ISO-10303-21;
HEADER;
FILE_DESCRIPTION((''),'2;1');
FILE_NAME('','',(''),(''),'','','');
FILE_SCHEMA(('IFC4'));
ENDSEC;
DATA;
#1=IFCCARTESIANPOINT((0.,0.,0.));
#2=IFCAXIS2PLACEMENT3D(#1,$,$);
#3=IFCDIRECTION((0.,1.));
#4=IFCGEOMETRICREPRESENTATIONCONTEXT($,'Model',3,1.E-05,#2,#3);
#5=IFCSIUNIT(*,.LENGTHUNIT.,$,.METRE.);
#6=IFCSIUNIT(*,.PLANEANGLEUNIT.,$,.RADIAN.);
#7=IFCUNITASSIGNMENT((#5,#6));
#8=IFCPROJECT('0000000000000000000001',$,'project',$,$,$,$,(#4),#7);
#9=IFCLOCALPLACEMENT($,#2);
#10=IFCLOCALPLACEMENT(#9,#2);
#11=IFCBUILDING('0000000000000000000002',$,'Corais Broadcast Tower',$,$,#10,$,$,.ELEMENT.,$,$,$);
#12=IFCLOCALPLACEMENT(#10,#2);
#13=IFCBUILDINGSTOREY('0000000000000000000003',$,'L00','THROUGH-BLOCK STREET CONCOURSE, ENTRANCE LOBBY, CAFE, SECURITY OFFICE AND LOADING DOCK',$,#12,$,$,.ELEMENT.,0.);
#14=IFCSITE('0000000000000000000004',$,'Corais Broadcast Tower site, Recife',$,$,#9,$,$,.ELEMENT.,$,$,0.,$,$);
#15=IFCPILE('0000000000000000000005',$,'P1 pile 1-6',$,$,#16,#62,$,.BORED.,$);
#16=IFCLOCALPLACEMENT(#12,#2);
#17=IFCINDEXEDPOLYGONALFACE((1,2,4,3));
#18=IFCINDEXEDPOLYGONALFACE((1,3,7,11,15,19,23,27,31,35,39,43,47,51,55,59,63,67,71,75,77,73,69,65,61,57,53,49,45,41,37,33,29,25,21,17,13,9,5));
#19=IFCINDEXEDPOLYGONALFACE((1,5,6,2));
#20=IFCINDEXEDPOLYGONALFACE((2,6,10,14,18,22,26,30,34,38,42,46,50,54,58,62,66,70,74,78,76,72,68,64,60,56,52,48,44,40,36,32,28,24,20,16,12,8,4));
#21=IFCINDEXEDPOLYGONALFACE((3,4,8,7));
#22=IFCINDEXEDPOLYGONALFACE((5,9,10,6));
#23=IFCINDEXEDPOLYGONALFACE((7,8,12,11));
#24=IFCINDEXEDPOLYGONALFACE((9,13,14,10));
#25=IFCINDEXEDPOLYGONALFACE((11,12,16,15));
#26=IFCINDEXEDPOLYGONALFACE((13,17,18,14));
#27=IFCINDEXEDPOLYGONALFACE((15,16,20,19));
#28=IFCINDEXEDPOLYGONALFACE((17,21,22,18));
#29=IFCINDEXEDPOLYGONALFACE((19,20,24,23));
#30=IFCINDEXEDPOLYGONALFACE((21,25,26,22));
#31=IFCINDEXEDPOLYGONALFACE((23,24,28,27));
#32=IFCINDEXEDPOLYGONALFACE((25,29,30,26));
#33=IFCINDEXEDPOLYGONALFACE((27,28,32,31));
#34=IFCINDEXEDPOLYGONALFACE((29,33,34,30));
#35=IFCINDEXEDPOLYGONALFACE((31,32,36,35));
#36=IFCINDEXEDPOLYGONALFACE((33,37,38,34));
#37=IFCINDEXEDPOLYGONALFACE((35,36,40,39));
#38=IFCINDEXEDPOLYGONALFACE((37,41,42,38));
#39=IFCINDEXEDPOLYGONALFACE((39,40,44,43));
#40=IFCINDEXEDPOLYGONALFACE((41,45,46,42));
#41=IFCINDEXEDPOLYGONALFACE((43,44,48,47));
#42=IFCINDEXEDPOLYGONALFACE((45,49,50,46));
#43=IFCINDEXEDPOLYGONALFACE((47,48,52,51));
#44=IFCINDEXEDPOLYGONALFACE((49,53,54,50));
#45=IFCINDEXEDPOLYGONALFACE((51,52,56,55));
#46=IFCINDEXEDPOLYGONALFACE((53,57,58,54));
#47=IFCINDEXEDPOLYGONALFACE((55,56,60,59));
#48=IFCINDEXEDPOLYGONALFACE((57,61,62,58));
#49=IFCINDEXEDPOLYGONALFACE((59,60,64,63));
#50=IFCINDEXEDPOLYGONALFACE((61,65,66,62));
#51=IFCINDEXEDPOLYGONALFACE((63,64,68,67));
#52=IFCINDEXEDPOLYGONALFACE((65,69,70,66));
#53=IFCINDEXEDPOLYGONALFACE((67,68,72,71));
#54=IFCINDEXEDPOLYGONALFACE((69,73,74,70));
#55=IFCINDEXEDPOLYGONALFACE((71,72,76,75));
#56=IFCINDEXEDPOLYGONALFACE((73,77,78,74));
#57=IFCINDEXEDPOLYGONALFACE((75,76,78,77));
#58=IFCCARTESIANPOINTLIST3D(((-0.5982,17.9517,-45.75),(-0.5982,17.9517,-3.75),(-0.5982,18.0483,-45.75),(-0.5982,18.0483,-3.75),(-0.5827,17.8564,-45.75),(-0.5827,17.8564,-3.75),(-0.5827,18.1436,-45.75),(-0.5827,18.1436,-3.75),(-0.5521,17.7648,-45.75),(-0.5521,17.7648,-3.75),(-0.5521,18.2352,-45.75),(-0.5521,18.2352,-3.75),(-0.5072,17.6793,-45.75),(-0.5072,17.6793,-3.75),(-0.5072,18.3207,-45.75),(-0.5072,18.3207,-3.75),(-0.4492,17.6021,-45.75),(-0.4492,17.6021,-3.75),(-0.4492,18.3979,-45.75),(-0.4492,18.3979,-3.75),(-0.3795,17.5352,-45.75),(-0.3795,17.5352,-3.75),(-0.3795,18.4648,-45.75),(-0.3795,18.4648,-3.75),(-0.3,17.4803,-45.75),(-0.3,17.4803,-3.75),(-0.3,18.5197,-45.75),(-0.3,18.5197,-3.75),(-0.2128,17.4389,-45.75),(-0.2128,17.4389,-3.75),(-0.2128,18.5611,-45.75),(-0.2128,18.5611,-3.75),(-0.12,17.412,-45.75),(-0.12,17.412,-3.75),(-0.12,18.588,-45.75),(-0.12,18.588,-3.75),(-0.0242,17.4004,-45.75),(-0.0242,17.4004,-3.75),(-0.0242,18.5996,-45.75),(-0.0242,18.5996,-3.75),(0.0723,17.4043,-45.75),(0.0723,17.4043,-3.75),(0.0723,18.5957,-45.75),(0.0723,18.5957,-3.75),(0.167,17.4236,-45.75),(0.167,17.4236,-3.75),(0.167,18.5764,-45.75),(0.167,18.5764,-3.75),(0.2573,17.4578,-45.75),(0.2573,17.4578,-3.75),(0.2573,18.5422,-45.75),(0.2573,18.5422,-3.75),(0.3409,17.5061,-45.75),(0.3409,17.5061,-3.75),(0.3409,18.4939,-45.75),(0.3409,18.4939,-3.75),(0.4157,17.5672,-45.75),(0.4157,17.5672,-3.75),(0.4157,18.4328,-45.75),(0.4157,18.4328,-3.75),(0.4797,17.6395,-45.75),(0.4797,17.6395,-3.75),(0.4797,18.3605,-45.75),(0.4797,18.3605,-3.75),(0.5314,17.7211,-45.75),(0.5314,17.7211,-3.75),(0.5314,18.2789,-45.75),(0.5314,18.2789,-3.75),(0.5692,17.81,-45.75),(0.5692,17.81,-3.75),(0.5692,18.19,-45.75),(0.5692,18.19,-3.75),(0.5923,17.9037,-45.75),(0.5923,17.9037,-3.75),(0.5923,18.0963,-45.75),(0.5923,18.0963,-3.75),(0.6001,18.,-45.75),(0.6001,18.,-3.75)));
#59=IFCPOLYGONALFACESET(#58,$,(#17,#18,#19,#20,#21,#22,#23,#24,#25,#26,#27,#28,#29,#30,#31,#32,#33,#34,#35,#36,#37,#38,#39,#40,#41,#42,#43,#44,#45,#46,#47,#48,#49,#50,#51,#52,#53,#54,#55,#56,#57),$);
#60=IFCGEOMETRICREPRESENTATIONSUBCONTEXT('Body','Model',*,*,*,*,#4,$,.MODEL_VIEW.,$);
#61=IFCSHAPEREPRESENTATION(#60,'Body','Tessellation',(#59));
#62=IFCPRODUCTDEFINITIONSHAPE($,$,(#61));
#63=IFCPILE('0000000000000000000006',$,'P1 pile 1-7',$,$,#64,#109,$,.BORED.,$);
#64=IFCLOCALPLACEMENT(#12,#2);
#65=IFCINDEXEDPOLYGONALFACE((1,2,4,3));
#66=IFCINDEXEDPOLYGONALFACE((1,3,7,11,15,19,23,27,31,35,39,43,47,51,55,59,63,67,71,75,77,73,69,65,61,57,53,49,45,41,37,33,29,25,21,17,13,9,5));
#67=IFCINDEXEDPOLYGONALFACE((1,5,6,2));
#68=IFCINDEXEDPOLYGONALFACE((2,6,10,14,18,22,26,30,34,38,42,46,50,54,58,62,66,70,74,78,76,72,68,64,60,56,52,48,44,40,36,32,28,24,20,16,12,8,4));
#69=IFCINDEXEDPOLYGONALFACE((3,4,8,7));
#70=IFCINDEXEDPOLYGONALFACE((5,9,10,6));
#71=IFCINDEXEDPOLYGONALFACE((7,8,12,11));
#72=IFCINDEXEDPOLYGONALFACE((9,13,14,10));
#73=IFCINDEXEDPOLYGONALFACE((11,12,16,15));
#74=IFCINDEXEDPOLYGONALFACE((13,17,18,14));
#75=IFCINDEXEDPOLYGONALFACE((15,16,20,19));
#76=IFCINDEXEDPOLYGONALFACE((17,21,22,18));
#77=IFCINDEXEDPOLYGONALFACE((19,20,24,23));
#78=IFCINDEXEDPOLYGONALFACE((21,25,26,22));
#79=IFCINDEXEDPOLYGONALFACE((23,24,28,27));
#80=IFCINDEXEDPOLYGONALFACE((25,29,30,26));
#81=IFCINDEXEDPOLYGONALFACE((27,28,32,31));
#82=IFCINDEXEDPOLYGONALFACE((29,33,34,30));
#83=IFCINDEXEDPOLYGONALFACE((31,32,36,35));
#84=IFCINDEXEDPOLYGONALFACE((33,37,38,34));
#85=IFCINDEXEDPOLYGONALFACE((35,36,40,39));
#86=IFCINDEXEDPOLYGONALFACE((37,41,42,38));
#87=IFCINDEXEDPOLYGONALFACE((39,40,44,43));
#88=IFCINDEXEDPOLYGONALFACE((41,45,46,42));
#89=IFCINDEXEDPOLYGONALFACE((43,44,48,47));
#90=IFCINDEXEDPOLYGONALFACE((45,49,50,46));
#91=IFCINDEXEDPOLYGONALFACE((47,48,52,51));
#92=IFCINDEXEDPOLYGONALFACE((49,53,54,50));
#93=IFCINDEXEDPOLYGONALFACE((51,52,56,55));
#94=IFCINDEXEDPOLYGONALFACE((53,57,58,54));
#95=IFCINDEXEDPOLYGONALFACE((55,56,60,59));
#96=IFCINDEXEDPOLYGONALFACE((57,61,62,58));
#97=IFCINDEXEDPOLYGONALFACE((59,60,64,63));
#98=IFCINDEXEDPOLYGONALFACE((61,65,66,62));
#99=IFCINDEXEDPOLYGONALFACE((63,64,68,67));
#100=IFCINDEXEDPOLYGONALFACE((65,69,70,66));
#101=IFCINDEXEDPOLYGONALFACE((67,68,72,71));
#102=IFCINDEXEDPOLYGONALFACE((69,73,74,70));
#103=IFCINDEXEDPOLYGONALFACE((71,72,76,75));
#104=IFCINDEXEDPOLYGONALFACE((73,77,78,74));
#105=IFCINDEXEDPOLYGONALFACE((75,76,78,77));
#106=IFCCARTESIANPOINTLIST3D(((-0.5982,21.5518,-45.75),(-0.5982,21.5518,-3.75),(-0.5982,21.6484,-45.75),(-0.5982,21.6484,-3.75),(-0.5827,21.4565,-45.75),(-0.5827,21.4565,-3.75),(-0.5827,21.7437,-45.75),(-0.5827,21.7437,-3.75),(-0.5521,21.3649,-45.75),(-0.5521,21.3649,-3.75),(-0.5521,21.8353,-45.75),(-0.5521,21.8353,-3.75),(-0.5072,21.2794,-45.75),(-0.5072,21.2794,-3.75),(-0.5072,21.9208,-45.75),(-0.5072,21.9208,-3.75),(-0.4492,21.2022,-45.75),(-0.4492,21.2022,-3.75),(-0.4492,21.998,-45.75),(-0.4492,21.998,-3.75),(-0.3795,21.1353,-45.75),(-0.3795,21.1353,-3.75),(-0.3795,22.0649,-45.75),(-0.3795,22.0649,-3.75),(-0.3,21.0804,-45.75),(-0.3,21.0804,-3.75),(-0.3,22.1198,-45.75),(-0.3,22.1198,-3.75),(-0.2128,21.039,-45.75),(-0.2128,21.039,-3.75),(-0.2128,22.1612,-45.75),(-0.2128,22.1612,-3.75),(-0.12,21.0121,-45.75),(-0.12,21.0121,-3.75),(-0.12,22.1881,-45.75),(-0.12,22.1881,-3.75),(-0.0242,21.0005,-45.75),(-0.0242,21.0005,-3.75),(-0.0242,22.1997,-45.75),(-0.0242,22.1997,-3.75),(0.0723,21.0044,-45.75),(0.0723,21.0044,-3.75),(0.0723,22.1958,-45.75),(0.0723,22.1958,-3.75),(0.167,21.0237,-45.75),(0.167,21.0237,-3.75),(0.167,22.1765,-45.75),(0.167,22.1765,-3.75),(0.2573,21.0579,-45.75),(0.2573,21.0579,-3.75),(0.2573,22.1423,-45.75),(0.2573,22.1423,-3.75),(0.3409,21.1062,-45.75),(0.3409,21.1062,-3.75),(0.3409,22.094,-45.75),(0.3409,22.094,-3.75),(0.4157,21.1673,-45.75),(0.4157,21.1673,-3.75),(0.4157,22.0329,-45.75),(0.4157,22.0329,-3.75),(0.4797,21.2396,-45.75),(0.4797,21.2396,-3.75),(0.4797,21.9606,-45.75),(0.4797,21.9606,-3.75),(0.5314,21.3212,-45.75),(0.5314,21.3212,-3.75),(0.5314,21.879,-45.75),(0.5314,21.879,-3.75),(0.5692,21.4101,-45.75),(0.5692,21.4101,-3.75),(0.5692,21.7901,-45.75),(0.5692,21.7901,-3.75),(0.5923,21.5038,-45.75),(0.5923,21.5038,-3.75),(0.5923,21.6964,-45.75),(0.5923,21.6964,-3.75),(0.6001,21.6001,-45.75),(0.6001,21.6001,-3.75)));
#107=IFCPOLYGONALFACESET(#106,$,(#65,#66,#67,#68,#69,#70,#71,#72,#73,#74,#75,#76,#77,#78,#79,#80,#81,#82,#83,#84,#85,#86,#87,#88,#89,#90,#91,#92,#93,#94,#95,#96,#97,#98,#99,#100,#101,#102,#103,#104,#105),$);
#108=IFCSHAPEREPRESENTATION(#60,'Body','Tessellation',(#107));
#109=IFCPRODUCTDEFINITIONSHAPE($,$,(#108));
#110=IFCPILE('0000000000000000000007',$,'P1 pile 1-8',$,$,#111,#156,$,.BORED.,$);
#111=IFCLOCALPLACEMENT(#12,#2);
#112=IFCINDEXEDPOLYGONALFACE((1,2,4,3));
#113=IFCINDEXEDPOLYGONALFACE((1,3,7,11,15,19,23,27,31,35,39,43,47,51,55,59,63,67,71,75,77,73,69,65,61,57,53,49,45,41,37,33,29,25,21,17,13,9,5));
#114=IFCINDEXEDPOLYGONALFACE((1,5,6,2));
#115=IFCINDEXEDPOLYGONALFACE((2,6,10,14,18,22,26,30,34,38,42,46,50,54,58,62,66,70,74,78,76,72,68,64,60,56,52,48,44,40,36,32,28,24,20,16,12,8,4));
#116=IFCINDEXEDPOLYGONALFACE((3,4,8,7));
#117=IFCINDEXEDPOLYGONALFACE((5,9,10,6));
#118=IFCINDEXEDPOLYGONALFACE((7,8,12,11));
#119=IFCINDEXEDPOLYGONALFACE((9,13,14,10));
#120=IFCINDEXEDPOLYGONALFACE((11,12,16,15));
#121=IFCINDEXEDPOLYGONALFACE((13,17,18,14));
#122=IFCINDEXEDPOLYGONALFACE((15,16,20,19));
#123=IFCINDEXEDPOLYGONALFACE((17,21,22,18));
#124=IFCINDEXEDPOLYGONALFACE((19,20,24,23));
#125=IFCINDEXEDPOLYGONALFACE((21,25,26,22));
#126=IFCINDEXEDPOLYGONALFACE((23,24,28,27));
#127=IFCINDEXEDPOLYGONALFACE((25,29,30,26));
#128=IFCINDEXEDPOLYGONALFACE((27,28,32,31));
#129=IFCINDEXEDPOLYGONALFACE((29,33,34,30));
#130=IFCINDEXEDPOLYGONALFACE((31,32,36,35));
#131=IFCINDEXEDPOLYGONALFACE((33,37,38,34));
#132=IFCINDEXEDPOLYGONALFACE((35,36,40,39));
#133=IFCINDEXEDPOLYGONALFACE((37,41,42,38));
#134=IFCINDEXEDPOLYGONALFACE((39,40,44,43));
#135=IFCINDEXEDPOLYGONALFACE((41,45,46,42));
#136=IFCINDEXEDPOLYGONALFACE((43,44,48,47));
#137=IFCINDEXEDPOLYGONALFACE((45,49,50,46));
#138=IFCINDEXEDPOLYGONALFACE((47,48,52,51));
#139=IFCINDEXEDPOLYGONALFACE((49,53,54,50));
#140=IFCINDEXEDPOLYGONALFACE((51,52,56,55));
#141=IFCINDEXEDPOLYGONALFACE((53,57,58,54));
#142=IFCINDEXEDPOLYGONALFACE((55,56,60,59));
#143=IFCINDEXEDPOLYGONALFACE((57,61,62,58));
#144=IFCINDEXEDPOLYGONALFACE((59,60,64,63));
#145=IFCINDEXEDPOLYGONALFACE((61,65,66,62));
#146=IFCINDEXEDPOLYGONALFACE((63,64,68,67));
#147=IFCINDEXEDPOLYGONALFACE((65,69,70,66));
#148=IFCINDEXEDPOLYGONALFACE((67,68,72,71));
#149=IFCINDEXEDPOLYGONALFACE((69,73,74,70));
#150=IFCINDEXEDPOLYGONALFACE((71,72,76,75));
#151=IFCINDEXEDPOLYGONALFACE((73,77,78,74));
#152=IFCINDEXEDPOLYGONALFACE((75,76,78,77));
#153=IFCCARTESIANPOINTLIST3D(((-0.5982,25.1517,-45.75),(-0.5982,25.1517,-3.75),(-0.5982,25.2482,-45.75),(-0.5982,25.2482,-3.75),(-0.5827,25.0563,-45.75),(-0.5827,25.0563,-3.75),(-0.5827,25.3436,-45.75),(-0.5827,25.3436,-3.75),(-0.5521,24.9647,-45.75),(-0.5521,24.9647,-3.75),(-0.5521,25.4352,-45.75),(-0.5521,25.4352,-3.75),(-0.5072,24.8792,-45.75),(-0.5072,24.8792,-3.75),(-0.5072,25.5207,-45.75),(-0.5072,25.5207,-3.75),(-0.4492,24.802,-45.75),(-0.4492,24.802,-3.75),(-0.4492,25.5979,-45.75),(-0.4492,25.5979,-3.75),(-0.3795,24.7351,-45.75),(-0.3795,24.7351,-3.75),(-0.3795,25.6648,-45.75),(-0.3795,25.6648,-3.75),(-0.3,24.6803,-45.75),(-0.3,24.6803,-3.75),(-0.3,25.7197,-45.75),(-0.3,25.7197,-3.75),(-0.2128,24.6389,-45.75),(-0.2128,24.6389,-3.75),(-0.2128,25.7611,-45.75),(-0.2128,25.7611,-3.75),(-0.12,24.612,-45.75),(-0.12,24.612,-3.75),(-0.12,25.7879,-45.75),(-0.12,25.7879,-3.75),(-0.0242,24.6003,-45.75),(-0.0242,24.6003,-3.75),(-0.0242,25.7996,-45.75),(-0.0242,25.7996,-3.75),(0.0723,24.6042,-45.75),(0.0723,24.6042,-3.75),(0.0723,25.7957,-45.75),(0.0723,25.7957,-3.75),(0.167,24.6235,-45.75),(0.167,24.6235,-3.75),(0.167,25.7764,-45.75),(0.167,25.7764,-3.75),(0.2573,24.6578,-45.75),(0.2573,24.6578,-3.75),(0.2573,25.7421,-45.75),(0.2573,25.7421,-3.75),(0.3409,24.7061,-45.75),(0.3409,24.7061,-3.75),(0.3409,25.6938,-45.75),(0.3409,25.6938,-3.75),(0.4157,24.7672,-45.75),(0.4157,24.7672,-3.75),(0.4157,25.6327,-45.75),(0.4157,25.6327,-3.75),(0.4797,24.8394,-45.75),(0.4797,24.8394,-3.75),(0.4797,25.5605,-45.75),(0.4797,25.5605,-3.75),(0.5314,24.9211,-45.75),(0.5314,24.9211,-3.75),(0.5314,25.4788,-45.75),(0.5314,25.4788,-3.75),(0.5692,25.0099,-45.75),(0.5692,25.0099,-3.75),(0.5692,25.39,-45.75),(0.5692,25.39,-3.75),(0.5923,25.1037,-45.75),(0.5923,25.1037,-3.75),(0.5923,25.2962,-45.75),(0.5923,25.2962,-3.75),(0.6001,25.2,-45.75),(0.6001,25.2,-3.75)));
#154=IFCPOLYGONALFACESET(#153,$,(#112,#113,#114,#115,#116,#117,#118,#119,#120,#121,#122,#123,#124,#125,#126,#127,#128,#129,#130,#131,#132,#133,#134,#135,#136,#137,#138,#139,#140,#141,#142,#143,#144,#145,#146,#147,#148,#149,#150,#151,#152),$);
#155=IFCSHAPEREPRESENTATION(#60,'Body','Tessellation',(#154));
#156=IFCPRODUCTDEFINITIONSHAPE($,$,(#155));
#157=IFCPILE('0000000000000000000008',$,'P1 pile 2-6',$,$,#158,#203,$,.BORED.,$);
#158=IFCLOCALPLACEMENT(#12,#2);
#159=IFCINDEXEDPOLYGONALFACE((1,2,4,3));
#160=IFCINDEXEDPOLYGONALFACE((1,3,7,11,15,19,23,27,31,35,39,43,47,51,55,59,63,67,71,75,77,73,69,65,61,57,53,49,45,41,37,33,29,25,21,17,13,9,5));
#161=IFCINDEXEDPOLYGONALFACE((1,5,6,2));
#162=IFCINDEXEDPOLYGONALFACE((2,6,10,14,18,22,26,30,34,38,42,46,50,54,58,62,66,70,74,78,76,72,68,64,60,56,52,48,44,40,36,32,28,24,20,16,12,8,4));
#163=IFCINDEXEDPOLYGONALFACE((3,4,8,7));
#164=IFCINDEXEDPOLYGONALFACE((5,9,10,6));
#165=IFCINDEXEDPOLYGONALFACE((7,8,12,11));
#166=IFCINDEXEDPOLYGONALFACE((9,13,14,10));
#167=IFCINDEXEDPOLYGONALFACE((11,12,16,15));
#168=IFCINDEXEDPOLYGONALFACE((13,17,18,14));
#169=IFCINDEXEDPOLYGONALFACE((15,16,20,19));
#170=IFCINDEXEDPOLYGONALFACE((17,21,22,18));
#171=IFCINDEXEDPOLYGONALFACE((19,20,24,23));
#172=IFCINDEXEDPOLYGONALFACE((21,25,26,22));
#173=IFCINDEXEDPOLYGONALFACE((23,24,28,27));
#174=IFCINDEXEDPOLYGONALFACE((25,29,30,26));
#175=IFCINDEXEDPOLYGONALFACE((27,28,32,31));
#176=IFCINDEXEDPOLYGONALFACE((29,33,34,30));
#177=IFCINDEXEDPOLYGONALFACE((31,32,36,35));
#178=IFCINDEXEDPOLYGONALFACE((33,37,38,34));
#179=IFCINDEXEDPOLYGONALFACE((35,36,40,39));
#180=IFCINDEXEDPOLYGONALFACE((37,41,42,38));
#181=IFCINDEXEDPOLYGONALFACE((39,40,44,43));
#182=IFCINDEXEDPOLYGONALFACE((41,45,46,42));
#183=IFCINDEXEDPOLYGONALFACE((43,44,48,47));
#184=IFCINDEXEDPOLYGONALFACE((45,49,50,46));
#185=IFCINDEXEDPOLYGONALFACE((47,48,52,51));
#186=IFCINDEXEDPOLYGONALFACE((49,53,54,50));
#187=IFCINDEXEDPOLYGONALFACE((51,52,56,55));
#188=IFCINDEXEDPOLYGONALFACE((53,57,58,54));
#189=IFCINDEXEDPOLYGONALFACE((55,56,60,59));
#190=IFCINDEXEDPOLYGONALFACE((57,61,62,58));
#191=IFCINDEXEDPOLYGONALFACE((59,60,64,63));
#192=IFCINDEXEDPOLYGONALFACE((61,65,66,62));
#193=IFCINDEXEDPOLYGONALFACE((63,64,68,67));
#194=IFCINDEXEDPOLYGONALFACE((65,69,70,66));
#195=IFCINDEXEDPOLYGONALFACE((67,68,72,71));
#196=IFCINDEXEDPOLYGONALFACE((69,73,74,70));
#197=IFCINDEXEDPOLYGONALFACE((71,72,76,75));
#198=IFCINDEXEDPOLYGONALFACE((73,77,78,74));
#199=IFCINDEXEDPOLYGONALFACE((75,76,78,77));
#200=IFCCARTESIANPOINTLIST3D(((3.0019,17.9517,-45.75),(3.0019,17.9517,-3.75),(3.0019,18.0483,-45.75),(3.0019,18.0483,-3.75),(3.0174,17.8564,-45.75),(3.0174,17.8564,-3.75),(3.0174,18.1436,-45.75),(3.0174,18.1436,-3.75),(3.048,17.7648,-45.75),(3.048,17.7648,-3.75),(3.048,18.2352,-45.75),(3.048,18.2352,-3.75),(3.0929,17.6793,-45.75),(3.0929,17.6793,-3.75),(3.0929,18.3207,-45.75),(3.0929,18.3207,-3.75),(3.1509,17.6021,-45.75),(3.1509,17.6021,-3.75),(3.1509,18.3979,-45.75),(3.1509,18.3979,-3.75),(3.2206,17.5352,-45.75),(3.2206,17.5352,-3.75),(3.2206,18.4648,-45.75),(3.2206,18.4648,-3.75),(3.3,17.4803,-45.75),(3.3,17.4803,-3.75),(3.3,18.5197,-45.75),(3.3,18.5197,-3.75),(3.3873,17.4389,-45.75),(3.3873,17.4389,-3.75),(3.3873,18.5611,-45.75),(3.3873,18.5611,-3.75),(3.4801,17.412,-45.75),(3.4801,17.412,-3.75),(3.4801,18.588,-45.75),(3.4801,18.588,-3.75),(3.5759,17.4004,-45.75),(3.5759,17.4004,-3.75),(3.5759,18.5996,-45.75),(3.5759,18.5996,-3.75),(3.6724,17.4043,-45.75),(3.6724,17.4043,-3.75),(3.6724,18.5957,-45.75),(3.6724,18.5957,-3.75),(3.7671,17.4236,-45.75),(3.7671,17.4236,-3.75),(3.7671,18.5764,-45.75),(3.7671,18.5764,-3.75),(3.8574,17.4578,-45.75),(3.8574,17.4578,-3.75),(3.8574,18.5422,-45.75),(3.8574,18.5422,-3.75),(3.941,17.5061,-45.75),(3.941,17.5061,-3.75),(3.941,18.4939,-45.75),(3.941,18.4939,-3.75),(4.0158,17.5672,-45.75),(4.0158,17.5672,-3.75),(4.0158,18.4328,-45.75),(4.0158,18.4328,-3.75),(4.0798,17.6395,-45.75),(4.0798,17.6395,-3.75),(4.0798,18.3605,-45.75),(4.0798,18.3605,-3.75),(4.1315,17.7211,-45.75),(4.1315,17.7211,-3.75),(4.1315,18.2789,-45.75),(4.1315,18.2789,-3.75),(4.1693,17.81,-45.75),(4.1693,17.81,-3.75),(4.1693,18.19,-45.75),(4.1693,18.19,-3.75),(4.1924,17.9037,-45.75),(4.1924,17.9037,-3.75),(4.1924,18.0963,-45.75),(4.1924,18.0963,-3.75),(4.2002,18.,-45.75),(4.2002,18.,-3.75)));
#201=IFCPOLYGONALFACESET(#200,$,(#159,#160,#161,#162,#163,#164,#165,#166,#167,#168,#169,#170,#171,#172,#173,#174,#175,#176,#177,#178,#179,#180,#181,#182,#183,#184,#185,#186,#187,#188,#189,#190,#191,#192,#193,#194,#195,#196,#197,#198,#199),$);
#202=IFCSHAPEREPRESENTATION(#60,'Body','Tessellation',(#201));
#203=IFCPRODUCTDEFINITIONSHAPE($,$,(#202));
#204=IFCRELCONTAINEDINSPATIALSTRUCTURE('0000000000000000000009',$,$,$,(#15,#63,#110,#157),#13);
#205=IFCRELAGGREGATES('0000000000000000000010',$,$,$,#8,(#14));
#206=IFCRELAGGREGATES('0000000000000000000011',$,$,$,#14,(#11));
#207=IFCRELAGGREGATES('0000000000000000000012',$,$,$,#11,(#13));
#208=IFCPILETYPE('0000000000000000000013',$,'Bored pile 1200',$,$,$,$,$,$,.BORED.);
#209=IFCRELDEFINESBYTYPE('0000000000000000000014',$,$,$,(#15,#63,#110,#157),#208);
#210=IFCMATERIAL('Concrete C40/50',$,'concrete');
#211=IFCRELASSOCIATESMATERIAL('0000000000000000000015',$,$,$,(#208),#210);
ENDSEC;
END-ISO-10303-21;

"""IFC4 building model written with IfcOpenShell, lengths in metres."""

from ifc_helpers import new_model, si_unit, direction, frame, origin, origin_2d, place, context, subcontext, project, spatial, circle, extrude, material, type_object, element, save


model = new_model("IFC4")

# Units and contexts
model_context = context("Model", 3, precision=1e-05, world=origin(), true_north=direction((0.0, 1.0)))
body_context = subcontext(model_context, "Body", "Model", "MODEL_VIEW")
ifc_project = project(units=[si_unit("LENGTHUNIT", "METRE"), si_unit("PLANEANGLEUNIT", "RADIAN")], contexts=[model_context])

# Site, building, storey
site_placement = place(None, origin())
site = spatial("IfcSite", under=ifc_project, at=site_placement, Name="Corais Broadcast Tower site, Recife", CompositionType="ELEMENT", RefElevation=0.0)
building_placement = place(site_placement, origin())
building = spatial("IfcBuilding", under=site, at=building_placement, Name="Corais Broadcast Tower", CompositionType="ELEMENT")
storey_placement = place(building_placement, origin())
storey = spatial("IfcBuildingStorey", under=building, at=storey_placement, Name="L00", Description="THROUGH-BLOCK STREET CONCOURSE, ENTRANCE LOBBY, CAFE, SECURITY OFFICE AND LOADING DOCK", CompositionType="ELEMENT", Elevation=0.0)

# Piles
ifc_material_1 = material(Name="Concrete C40/50", Category="concrete")
pile_type_1 = type_object("IfcPileType", Name="Bored pile 1200", PredefinedType="BORED", material=ifc_material_1)
for number, where, z_axis, x_axis, name in (
    (1, (0.0, 18.0, -3.75), (0.0, 0.0, -1.0), (1.0, 0.0, 0.0), "P1 pile 1-6"),
    (2, (0.0, 21.6001, -3.75), (0.0, 0.0, -1.0), (1.0, 0.0, 0.0), "P1 pile 1-7"),
    (3, (0.0, 25.2, -3.75), (0.0, 0.0, -1.0), (1.0, 0.0, 0.0), "P1 pile 1-8"),
    (4, (3.6001, 18.0, -3.75), (0.0, 0.0, -1.0), (1.0, 0.0, 0.0), "P1 pile 2-6"),
):
    element("IfcPile", number, at=place(storey_placement, frame(where, z_axis=z_axis, x_axis=x_axis)), inside=storey, type_object=pile_type_1, Name=name, PredefinedType="BORED", context=body_context, shape_type="SweptSolid", body=[
        extrude(circle(Radius=0.6001, at=origin_2d()), origin(), (0.0, 0.0, 1.0), 42.0),
    ])

save(model, "model.ifc")
